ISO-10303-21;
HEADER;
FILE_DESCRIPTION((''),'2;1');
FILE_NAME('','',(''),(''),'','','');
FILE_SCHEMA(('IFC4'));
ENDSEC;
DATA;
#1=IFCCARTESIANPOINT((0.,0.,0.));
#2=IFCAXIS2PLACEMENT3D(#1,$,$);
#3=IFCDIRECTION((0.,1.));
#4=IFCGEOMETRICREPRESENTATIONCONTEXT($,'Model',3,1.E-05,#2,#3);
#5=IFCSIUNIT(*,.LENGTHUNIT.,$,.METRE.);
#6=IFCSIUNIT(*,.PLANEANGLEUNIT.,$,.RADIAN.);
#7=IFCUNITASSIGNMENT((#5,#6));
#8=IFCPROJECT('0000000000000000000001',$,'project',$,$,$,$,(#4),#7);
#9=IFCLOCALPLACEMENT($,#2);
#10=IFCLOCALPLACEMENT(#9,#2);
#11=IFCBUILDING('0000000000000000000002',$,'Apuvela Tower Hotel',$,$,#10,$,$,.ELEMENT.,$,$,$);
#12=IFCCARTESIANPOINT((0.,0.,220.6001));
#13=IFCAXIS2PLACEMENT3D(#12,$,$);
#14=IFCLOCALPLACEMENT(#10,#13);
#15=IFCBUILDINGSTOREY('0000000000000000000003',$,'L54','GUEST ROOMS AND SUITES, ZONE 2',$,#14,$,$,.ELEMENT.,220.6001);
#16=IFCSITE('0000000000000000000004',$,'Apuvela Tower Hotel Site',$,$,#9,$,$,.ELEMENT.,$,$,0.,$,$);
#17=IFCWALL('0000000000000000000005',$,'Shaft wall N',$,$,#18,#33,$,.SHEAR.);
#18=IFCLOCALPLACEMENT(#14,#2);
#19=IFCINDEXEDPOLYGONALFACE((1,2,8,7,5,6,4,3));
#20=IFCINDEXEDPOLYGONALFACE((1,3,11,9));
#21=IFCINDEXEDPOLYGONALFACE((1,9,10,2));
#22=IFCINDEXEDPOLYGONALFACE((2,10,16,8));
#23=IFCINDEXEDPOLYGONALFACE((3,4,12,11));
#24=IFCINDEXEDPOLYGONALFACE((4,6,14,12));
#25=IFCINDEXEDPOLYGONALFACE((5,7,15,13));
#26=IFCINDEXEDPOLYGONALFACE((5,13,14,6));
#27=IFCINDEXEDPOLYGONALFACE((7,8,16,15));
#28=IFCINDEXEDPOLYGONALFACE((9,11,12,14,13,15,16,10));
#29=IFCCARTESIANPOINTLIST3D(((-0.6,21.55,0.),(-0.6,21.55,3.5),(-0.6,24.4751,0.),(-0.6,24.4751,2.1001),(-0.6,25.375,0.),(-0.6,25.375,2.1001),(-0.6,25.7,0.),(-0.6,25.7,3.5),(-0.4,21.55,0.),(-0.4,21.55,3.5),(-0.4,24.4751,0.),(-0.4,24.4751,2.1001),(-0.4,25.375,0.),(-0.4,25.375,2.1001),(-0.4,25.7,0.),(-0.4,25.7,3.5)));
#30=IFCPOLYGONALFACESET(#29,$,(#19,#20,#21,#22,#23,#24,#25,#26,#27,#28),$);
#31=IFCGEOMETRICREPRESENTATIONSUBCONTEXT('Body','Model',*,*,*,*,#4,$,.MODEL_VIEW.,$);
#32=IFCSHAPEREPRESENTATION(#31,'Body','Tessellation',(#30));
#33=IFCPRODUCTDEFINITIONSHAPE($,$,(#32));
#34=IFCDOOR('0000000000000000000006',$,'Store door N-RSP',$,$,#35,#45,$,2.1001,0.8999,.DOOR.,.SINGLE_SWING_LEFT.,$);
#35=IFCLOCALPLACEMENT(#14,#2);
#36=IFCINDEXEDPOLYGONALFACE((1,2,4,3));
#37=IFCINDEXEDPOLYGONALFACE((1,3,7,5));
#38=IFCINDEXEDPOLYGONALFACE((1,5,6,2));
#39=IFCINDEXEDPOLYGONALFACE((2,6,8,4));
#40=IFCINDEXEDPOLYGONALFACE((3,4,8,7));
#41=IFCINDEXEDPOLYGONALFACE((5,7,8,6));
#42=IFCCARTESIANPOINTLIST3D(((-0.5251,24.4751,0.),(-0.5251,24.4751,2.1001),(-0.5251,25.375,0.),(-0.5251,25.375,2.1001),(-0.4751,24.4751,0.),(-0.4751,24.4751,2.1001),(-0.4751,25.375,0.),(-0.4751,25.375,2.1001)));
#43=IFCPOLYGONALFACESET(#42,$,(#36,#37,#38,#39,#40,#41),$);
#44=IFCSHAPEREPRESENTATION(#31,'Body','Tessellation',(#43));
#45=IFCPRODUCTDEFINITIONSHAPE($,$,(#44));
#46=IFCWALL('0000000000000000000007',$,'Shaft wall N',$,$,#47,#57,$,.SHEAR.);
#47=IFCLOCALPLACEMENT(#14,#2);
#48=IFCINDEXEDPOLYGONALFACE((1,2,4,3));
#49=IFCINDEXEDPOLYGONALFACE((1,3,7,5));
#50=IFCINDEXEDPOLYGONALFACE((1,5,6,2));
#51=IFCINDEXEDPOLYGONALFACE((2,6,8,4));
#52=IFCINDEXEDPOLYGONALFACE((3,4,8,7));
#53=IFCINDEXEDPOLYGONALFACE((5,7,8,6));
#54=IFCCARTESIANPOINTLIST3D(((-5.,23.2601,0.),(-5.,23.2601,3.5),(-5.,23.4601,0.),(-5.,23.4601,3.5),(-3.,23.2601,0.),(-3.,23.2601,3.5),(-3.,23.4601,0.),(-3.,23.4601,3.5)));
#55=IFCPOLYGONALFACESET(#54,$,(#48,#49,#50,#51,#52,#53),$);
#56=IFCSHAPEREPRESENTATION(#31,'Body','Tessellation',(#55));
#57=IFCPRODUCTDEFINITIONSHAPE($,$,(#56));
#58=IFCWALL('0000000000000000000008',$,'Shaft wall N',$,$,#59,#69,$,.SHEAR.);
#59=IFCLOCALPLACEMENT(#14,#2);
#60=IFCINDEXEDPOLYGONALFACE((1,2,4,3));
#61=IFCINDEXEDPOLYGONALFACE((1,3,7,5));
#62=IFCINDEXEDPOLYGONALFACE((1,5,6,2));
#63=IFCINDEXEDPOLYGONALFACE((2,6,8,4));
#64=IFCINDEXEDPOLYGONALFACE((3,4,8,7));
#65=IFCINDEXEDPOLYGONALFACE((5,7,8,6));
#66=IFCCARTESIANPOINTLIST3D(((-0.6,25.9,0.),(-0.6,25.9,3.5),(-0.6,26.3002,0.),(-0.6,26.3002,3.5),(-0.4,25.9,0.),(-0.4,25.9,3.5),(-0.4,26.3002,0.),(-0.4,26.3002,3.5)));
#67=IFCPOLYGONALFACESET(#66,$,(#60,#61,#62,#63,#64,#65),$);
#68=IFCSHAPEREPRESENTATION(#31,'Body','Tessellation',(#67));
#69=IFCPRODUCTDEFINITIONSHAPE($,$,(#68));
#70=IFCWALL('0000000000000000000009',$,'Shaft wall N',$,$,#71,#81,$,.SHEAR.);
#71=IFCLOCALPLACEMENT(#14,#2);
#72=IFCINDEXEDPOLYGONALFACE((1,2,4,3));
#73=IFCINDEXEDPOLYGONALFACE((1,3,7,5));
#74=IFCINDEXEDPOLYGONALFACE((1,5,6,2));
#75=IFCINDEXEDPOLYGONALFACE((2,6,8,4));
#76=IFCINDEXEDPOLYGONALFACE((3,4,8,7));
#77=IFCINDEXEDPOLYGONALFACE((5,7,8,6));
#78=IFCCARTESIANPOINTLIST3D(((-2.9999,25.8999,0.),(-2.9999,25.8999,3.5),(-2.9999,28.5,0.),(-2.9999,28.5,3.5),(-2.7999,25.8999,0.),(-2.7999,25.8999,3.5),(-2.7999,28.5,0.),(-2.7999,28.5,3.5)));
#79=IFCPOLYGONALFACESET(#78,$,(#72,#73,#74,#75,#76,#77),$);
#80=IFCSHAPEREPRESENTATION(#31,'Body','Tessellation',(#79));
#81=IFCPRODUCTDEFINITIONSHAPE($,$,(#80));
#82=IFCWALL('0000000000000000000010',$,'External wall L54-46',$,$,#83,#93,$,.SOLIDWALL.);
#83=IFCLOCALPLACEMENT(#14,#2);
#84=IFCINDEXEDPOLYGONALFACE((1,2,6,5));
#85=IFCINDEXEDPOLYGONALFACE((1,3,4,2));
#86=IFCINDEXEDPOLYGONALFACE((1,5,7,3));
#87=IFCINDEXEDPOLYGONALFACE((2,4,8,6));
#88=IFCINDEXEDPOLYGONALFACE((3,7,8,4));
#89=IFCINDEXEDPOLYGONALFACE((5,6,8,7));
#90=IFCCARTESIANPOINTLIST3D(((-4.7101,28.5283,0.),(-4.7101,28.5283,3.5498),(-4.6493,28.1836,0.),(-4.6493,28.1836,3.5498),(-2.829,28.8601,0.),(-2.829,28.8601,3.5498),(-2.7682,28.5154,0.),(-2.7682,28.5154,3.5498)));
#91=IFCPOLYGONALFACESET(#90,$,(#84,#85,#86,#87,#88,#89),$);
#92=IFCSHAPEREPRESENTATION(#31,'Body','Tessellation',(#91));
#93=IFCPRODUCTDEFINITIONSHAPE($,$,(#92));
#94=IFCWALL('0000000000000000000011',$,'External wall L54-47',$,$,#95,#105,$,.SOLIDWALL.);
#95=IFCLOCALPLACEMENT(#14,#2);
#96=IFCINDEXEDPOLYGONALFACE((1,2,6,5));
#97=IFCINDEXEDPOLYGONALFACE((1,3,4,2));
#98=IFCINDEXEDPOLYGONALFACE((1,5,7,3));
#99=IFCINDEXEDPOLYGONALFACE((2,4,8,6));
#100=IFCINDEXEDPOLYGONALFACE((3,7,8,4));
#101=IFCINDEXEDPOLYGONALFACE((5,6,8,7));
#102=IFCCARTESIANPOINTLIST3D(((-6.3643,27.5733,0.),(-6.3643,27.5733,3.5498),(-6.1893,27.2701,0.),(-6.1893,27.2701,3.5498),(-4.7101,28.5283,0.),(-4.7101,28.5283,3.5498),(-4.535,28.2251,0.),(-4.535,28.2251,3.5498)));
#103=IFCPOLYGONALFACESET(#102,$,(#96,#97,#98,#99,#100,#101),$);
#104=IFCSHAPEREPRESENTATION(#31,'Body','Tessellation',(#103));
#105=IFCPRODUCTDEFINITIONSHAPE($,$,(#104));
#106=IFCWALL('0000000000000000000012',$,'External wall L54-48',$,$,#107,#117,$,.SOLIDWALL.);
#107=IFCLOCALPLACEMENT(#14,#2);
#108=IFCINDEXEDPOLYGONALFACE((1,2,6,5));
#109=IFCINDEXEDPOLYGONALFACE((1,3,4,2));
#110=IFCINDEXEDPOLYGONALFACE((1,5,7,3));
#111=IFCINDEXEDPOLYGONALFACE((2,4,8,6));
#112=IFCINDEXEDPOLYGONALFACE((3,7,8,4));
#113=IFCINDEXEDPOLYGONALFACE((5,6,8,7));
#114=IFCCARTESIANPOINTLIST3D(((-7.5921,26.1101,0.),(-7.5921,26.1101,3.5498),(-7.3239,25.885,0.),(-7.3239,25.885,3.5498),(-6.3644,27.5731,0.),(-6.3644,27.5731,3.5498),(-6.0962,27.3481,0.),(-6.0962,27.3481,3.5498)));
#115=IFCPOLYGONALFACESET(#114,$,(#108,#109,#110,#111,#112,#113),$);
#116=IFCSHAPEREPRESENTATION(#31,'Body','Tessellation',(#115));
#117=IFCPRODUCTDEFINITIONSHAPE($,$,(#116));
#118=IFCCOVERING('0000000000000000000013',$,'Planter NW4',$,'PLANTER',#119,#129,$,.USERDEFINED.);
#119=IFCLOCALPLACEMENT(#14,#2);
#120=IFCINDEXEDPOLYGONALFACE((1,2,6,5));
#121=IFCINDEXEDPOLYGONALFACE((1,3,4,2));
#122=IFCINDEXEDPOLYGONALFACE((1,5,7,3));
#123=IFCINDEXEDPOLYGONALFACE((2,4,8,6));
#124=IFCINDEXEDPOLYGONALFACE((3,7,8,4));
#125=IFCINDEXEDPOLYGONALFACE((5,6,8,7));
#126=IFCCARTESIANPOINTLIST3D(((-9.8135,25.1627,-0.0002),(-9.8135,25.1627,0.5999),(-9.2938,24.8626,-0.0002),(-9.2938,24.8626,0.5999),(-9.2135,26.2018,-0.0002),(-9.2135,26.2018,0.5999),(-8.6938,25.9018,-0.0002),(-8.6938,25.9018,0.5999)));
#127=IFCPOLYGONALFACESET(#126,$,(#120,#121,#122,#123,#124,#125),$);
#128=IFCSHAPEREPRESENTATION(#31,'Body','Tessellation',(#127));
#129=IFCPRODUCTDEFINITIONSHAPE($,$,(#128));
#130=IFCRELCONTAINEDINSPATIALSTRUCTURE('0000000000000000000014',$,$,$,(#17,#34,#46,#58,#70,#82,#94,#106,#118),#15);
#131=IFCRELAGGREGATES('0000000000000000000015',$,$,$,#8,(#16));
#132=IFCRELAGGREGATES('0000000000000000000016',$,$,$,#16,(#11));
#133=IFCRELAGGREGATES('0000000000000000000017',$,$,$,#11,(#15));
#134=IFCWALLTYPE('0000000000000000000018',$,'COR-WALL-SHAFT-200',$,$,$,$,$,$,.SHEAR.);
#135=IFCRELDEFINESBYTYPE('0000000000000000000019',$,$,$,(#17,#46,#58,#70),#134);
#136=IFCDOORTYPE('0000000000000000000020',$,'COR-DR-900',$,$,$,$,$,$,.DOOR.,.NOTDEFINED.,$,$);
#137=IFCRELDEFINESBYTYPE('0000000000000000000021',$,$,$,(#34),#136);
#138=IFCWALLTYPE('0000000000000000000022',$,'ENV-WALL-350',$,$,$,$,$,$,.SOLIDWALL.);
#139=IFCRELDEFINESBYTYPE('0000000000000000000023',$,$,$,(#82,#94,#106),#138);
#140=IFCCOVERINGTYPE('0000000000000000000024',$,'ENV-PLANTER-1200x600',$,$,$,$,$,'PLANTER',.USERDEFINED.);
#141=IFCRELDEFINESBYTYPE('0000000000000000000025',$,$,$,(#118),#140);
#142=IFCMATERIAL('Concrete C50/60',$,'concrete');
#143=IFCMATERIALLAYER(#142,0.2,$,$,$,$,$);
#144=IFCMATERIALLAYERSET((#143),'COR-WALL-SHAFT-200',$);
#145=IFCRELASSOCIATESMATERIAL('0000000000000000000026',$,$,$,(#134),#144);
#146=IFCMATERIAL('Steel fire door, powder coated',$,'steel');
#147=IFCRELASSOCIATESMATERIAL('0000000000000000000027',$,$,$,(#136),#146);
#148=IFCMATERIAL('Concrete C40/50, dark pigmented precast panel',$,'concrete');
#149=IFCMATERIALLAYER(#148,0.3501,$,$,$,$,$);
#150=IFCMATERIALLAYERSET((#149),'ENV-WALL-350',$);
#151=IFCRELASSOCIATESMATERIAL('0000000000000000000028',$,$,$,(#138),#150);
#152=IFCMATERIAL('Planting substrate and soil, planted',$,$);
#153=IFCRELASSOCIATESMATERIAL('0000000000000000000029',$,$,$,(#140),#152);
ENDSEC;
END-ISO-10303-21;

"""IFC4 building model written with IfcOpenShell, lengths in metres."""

from ifc_helpers import new_model, si_unit, direction, frame, frame_2d, origin, origin_2d, place, context, subcontext, project, spatial, rectangle, extrude, material, layer, layer_set, type_object, element, fill, save


model = new_model("IFC4")

# Units and contexts
model_context = context("Model", 3, precision=1e-05, world=origin(), true_north=direction((0.0, 1.0)))
body_context = subcontext(model_context, "Body", "Model", "MODEL_VIEW")
ifc_project = project(units=[si_unit("LENGTHUNIT", "METRE"), si_unit("PLANEANGLEUNIT", "RADIAN")], contexts=[model_context])

# Site, building, storey
site_placement = place(None, origin())
site = spatial("IfcSite", under=ifc_project, at=site_placement, Name="Apuvela Tower Hotel Site", CompositionType="ELEMENT", RefElevation=0.0)
building_placement = place(site_placement, origin())
building = spatial("IfcBuilding", under=site, at=building_placement, Name="Apuvela Tower Hotel", CompositionType="ELEMENT")
storey_placement = place(building_placement, frame((0.0, 0.0, 220.6001)))
storey = spatial("IfcBuildingStorey", under=building, at=storey_placement, Name="L54", Description="GUEST ROOMS AND SUITES, ZONE 2", CompositionType="ELEMENT", Elevation=220.6001)

# Shared definitions
ifc_material_1 = material(Name="Concrete C50/60", Category="concrete")
ifc_layer_1 = layer(ifc_material_1, 0.2)
ifc_layer_set_1 = layer_set([ifc_layer_1], Name="COR-WALL-SHAFT-200")
wall_type_1 = type_object("IfcWallType", Name="COR-WALL-SHAFT-200", PredefinedType="SHEAR", material=ifc_layer_set_1)

# Wall, opening, door
wall_1_placement = place(storey_placement, frame((-0.5, 21.55, 0.0), z_axis=(0.0, 0.0, 1.0), x_axis=(0.0, 1.0, 0.0)))
wall_1 = element("IfcWall", 1, at=wall_1_placement, inside=storey, type_object=wall_type_1, Name="Shaft wall N", PredefinedType="SHEAR", context=body_context, shape_type="SweptSolid", body=[
    extrude(rectangle(XDim=4.1499, YDim=0.2, at=frame_2d((2.075, 0.0))), origin(), (0.0, 0.0, 1.0), 3.5),
])
opening_1_placement = place(wall_1_placement, frame((2.925, 0.0, 0.0)))
opening_1 = element("IfcOpeningElement", 2, at=opening_1_placement, cuts=wall_1, PredefinedType="OPENING", context=body_context, shape_type="SweptSolid", body=[
    extrude(rectangle(XDim=0.8999, YDim=2.1001, at=frame_2d((0.45, 1.05))), frame((0.0, 0.1099, 0.0), z_axis=(0.0, -1.0, 0.0), x_axis=(1.0, 0.0, 0.0)), (0.0, 0.0, 1.0), 0.22),
])
ifc_material_2 = material(Name="Steel fire door, powder coated", Category="steel")
door_type_1 = type_object("IfcDoorType", Name="COR-DR-900", OperationType="NOTDEFINED", PredefinedType="DOOR", material=ifc_material_2)
door_1_placement = place(opening_1_placement, frame((0.8999, 0.0, 0.0), z_axis=(0.0, 0.0, 1.0), x_axis=(-1.0, 0.0, 0.0)))
door_1 = element("IfcDoor", 3, at=door_1_placement, inside=storey, type_object=door_type_1, Name="Store door N-RSP", OperationType="SINGLE_SWING_LEFT", OverallHeight=2.1001, OverallWidth=0.8999, PredefinedType="DOOR", context=body_context, shape_type="SweptSolid", body=[
    extrude(rectangle(XDim=0.8999, YDim=2.1001, at=frame_2d((0.45, 1.05))), frame((0.0, 0.0249, 0.0), z_axis=(0.0, -1.0, 0.0), x_axis=(1.0, 0.0, 0.0)), (0.0, 0.0, 1.0), 0.05),
])
fill(opening_1, door_1)

# Walls
wall_2_placement = place(storey_placement, frame((-3.0, 23.3601, 0.0), z_axis=(0.0, 0.0, 1.0), x_axis=(-1.0, 0.0, 0.0)))
element("IfcWall", 4, at=wall_2_placement, inside=storey, type_object=wall_type_1, Name="Shaft wall N", PredefinedType="SHEAR", context=body_context, shape_type="SweptSolid", body=[
    extrude(rectangle(XDim=2.0, YDim=0.2, at=frame_2d((1.0, 0.0))), origin(), (0.0, 0.0, 1.0), 3.5),
])
wall_3_placement = place(storey_placement, frame((-0.5, 25.8999, 0.0), z_axis=(0.0, 0.0, 1.0), x_axis=(0.0, 1.0, 0.0)))
element("IfcWall", 5, at=wall_3_placement, inside=storey, type_object=wall_type_1, Name="Shaft wall N", PredefinedType="SHEAR", context=body_context, shape_type="SweptSolid", body=[
    extrude(rectangle(XDim=0.4001, YDim=0.2, at=frame_2d((0.2002, 0.0))), origin(), (0.0, 0.0, 1.0), 3.5),
])
wall_4_placement = place(storey_placement, frame((-2.8999, 25.8999, 0.0), z_axis=(0.0, 0.0, 1.0), x_axis=(0.0, 1.0, 0.0)))
element("IfcWall", 6, at=wall_4_placement, inside=storey, type_object=wall_type_1, Name="Shaft wall N", PredefinedType="SHEAR", context=body_context, shape_type="SweptSolid", body=[
    extrude(rectangle(XDim=2.6001, YDim=0.2, at=frame_2d((1.3, 0.0))), origin(), (0.0, 0.0, 1.0), 3.5),
])

# Shared definitions
ifc_material_3 = material(Name="Concrete C40/50, dark pigmented precast panel", Category="concrete")
ifc_layer_2 = layer(ifc_material_3, 0.3501)
ifc_layer_set_2 = layer_set([ifc_layer_2], Name="ENV-WALL-350")
wall_type_2 = type_object("IfcWallType", Name="ENV-WALL-350", PredefinedType="SOLIDWALL", material=ifc_layer_set_2)

# Walls
for number, where, z_axis, x_axis, name in (
    (7, (-2.7986, 28.6877, 0.0), (0.0, 0.0, 1.0), (-0.984799, -0.173698, 0.0), "External wall L54-46"),
    (8, (-4.6226, 28.3767, 0.0), (0.0, 0.0, 1.0), (-0.866032, -0.499988, 0.0), "External wall L54-47"),
):
    element("IfcWall", number, at=place(storey_placement, frame(where, z_axis=z_axis, x_axis=x_axis)), inside=storey, type_object=wall_type_2, Name=name, PredefinedType="SOLIDWALL", context=body_context, shape_type="SweptSolid", body=[
        extrude(rectangle(XDim=1.9102, YDim=0.3501, at=frame_2d((0.9551, 0.0))), origin(), (0.0, 0.0, 1.0), 3.5498),
    ])
wall_5_placement = place(storey_placement, frame((-6.2302, 27.4607, 0.0), z_axis=(0.0, 0.0, 1.0), x_axis=(-0.642808, -0.766027, 0.0)))
element("IfcWall", 9, at=wall_5_placement, inside=storey, type_object=wall_type_2, Name="External wall L54-48", PredefinedType="SOLIDWALL", context=body_context, shape_type="SweptSolid", body=[
    extrude(rectangle(XDim=1.9099, YDim=0.3501, at=frame_2d((0.9551, 0.0))), origin(), (0.0, 0.0, 1.0), 3.5498),
])

# Covering
ifc_material_4 = material(Name="Planting substrate and soil, planted")
covering_type = type_object("IfcCoveringType", Name="ENV-PLANTER-1200x600", ElementType="PLANTER", PredefinedType="USERDEFINED", material=ifc_material_4)
covering_placement = place(storey_placement, frame((-9.2537, 25.5322, -0.0002), z_axis=(0.0, 0.0, 1.0), x_axis=(-0.5, -0.866025, 0.0)))
element("IfcCovering", 10, at=covering_placement, inside=storey, type_object=covering_type, Name="Planter NW4", ObjectType="PLANTER", PredefinedType="USERDEFINED", context=body_context, shape_type="SweptSolid", body=[
    extrude(rectangle(XDim=1.2, YDim=0.6001, at=origin_2d()), origin(), (0.0, 0.0, 1.0), 0.6001),
])

save(model, "model.ifc")
